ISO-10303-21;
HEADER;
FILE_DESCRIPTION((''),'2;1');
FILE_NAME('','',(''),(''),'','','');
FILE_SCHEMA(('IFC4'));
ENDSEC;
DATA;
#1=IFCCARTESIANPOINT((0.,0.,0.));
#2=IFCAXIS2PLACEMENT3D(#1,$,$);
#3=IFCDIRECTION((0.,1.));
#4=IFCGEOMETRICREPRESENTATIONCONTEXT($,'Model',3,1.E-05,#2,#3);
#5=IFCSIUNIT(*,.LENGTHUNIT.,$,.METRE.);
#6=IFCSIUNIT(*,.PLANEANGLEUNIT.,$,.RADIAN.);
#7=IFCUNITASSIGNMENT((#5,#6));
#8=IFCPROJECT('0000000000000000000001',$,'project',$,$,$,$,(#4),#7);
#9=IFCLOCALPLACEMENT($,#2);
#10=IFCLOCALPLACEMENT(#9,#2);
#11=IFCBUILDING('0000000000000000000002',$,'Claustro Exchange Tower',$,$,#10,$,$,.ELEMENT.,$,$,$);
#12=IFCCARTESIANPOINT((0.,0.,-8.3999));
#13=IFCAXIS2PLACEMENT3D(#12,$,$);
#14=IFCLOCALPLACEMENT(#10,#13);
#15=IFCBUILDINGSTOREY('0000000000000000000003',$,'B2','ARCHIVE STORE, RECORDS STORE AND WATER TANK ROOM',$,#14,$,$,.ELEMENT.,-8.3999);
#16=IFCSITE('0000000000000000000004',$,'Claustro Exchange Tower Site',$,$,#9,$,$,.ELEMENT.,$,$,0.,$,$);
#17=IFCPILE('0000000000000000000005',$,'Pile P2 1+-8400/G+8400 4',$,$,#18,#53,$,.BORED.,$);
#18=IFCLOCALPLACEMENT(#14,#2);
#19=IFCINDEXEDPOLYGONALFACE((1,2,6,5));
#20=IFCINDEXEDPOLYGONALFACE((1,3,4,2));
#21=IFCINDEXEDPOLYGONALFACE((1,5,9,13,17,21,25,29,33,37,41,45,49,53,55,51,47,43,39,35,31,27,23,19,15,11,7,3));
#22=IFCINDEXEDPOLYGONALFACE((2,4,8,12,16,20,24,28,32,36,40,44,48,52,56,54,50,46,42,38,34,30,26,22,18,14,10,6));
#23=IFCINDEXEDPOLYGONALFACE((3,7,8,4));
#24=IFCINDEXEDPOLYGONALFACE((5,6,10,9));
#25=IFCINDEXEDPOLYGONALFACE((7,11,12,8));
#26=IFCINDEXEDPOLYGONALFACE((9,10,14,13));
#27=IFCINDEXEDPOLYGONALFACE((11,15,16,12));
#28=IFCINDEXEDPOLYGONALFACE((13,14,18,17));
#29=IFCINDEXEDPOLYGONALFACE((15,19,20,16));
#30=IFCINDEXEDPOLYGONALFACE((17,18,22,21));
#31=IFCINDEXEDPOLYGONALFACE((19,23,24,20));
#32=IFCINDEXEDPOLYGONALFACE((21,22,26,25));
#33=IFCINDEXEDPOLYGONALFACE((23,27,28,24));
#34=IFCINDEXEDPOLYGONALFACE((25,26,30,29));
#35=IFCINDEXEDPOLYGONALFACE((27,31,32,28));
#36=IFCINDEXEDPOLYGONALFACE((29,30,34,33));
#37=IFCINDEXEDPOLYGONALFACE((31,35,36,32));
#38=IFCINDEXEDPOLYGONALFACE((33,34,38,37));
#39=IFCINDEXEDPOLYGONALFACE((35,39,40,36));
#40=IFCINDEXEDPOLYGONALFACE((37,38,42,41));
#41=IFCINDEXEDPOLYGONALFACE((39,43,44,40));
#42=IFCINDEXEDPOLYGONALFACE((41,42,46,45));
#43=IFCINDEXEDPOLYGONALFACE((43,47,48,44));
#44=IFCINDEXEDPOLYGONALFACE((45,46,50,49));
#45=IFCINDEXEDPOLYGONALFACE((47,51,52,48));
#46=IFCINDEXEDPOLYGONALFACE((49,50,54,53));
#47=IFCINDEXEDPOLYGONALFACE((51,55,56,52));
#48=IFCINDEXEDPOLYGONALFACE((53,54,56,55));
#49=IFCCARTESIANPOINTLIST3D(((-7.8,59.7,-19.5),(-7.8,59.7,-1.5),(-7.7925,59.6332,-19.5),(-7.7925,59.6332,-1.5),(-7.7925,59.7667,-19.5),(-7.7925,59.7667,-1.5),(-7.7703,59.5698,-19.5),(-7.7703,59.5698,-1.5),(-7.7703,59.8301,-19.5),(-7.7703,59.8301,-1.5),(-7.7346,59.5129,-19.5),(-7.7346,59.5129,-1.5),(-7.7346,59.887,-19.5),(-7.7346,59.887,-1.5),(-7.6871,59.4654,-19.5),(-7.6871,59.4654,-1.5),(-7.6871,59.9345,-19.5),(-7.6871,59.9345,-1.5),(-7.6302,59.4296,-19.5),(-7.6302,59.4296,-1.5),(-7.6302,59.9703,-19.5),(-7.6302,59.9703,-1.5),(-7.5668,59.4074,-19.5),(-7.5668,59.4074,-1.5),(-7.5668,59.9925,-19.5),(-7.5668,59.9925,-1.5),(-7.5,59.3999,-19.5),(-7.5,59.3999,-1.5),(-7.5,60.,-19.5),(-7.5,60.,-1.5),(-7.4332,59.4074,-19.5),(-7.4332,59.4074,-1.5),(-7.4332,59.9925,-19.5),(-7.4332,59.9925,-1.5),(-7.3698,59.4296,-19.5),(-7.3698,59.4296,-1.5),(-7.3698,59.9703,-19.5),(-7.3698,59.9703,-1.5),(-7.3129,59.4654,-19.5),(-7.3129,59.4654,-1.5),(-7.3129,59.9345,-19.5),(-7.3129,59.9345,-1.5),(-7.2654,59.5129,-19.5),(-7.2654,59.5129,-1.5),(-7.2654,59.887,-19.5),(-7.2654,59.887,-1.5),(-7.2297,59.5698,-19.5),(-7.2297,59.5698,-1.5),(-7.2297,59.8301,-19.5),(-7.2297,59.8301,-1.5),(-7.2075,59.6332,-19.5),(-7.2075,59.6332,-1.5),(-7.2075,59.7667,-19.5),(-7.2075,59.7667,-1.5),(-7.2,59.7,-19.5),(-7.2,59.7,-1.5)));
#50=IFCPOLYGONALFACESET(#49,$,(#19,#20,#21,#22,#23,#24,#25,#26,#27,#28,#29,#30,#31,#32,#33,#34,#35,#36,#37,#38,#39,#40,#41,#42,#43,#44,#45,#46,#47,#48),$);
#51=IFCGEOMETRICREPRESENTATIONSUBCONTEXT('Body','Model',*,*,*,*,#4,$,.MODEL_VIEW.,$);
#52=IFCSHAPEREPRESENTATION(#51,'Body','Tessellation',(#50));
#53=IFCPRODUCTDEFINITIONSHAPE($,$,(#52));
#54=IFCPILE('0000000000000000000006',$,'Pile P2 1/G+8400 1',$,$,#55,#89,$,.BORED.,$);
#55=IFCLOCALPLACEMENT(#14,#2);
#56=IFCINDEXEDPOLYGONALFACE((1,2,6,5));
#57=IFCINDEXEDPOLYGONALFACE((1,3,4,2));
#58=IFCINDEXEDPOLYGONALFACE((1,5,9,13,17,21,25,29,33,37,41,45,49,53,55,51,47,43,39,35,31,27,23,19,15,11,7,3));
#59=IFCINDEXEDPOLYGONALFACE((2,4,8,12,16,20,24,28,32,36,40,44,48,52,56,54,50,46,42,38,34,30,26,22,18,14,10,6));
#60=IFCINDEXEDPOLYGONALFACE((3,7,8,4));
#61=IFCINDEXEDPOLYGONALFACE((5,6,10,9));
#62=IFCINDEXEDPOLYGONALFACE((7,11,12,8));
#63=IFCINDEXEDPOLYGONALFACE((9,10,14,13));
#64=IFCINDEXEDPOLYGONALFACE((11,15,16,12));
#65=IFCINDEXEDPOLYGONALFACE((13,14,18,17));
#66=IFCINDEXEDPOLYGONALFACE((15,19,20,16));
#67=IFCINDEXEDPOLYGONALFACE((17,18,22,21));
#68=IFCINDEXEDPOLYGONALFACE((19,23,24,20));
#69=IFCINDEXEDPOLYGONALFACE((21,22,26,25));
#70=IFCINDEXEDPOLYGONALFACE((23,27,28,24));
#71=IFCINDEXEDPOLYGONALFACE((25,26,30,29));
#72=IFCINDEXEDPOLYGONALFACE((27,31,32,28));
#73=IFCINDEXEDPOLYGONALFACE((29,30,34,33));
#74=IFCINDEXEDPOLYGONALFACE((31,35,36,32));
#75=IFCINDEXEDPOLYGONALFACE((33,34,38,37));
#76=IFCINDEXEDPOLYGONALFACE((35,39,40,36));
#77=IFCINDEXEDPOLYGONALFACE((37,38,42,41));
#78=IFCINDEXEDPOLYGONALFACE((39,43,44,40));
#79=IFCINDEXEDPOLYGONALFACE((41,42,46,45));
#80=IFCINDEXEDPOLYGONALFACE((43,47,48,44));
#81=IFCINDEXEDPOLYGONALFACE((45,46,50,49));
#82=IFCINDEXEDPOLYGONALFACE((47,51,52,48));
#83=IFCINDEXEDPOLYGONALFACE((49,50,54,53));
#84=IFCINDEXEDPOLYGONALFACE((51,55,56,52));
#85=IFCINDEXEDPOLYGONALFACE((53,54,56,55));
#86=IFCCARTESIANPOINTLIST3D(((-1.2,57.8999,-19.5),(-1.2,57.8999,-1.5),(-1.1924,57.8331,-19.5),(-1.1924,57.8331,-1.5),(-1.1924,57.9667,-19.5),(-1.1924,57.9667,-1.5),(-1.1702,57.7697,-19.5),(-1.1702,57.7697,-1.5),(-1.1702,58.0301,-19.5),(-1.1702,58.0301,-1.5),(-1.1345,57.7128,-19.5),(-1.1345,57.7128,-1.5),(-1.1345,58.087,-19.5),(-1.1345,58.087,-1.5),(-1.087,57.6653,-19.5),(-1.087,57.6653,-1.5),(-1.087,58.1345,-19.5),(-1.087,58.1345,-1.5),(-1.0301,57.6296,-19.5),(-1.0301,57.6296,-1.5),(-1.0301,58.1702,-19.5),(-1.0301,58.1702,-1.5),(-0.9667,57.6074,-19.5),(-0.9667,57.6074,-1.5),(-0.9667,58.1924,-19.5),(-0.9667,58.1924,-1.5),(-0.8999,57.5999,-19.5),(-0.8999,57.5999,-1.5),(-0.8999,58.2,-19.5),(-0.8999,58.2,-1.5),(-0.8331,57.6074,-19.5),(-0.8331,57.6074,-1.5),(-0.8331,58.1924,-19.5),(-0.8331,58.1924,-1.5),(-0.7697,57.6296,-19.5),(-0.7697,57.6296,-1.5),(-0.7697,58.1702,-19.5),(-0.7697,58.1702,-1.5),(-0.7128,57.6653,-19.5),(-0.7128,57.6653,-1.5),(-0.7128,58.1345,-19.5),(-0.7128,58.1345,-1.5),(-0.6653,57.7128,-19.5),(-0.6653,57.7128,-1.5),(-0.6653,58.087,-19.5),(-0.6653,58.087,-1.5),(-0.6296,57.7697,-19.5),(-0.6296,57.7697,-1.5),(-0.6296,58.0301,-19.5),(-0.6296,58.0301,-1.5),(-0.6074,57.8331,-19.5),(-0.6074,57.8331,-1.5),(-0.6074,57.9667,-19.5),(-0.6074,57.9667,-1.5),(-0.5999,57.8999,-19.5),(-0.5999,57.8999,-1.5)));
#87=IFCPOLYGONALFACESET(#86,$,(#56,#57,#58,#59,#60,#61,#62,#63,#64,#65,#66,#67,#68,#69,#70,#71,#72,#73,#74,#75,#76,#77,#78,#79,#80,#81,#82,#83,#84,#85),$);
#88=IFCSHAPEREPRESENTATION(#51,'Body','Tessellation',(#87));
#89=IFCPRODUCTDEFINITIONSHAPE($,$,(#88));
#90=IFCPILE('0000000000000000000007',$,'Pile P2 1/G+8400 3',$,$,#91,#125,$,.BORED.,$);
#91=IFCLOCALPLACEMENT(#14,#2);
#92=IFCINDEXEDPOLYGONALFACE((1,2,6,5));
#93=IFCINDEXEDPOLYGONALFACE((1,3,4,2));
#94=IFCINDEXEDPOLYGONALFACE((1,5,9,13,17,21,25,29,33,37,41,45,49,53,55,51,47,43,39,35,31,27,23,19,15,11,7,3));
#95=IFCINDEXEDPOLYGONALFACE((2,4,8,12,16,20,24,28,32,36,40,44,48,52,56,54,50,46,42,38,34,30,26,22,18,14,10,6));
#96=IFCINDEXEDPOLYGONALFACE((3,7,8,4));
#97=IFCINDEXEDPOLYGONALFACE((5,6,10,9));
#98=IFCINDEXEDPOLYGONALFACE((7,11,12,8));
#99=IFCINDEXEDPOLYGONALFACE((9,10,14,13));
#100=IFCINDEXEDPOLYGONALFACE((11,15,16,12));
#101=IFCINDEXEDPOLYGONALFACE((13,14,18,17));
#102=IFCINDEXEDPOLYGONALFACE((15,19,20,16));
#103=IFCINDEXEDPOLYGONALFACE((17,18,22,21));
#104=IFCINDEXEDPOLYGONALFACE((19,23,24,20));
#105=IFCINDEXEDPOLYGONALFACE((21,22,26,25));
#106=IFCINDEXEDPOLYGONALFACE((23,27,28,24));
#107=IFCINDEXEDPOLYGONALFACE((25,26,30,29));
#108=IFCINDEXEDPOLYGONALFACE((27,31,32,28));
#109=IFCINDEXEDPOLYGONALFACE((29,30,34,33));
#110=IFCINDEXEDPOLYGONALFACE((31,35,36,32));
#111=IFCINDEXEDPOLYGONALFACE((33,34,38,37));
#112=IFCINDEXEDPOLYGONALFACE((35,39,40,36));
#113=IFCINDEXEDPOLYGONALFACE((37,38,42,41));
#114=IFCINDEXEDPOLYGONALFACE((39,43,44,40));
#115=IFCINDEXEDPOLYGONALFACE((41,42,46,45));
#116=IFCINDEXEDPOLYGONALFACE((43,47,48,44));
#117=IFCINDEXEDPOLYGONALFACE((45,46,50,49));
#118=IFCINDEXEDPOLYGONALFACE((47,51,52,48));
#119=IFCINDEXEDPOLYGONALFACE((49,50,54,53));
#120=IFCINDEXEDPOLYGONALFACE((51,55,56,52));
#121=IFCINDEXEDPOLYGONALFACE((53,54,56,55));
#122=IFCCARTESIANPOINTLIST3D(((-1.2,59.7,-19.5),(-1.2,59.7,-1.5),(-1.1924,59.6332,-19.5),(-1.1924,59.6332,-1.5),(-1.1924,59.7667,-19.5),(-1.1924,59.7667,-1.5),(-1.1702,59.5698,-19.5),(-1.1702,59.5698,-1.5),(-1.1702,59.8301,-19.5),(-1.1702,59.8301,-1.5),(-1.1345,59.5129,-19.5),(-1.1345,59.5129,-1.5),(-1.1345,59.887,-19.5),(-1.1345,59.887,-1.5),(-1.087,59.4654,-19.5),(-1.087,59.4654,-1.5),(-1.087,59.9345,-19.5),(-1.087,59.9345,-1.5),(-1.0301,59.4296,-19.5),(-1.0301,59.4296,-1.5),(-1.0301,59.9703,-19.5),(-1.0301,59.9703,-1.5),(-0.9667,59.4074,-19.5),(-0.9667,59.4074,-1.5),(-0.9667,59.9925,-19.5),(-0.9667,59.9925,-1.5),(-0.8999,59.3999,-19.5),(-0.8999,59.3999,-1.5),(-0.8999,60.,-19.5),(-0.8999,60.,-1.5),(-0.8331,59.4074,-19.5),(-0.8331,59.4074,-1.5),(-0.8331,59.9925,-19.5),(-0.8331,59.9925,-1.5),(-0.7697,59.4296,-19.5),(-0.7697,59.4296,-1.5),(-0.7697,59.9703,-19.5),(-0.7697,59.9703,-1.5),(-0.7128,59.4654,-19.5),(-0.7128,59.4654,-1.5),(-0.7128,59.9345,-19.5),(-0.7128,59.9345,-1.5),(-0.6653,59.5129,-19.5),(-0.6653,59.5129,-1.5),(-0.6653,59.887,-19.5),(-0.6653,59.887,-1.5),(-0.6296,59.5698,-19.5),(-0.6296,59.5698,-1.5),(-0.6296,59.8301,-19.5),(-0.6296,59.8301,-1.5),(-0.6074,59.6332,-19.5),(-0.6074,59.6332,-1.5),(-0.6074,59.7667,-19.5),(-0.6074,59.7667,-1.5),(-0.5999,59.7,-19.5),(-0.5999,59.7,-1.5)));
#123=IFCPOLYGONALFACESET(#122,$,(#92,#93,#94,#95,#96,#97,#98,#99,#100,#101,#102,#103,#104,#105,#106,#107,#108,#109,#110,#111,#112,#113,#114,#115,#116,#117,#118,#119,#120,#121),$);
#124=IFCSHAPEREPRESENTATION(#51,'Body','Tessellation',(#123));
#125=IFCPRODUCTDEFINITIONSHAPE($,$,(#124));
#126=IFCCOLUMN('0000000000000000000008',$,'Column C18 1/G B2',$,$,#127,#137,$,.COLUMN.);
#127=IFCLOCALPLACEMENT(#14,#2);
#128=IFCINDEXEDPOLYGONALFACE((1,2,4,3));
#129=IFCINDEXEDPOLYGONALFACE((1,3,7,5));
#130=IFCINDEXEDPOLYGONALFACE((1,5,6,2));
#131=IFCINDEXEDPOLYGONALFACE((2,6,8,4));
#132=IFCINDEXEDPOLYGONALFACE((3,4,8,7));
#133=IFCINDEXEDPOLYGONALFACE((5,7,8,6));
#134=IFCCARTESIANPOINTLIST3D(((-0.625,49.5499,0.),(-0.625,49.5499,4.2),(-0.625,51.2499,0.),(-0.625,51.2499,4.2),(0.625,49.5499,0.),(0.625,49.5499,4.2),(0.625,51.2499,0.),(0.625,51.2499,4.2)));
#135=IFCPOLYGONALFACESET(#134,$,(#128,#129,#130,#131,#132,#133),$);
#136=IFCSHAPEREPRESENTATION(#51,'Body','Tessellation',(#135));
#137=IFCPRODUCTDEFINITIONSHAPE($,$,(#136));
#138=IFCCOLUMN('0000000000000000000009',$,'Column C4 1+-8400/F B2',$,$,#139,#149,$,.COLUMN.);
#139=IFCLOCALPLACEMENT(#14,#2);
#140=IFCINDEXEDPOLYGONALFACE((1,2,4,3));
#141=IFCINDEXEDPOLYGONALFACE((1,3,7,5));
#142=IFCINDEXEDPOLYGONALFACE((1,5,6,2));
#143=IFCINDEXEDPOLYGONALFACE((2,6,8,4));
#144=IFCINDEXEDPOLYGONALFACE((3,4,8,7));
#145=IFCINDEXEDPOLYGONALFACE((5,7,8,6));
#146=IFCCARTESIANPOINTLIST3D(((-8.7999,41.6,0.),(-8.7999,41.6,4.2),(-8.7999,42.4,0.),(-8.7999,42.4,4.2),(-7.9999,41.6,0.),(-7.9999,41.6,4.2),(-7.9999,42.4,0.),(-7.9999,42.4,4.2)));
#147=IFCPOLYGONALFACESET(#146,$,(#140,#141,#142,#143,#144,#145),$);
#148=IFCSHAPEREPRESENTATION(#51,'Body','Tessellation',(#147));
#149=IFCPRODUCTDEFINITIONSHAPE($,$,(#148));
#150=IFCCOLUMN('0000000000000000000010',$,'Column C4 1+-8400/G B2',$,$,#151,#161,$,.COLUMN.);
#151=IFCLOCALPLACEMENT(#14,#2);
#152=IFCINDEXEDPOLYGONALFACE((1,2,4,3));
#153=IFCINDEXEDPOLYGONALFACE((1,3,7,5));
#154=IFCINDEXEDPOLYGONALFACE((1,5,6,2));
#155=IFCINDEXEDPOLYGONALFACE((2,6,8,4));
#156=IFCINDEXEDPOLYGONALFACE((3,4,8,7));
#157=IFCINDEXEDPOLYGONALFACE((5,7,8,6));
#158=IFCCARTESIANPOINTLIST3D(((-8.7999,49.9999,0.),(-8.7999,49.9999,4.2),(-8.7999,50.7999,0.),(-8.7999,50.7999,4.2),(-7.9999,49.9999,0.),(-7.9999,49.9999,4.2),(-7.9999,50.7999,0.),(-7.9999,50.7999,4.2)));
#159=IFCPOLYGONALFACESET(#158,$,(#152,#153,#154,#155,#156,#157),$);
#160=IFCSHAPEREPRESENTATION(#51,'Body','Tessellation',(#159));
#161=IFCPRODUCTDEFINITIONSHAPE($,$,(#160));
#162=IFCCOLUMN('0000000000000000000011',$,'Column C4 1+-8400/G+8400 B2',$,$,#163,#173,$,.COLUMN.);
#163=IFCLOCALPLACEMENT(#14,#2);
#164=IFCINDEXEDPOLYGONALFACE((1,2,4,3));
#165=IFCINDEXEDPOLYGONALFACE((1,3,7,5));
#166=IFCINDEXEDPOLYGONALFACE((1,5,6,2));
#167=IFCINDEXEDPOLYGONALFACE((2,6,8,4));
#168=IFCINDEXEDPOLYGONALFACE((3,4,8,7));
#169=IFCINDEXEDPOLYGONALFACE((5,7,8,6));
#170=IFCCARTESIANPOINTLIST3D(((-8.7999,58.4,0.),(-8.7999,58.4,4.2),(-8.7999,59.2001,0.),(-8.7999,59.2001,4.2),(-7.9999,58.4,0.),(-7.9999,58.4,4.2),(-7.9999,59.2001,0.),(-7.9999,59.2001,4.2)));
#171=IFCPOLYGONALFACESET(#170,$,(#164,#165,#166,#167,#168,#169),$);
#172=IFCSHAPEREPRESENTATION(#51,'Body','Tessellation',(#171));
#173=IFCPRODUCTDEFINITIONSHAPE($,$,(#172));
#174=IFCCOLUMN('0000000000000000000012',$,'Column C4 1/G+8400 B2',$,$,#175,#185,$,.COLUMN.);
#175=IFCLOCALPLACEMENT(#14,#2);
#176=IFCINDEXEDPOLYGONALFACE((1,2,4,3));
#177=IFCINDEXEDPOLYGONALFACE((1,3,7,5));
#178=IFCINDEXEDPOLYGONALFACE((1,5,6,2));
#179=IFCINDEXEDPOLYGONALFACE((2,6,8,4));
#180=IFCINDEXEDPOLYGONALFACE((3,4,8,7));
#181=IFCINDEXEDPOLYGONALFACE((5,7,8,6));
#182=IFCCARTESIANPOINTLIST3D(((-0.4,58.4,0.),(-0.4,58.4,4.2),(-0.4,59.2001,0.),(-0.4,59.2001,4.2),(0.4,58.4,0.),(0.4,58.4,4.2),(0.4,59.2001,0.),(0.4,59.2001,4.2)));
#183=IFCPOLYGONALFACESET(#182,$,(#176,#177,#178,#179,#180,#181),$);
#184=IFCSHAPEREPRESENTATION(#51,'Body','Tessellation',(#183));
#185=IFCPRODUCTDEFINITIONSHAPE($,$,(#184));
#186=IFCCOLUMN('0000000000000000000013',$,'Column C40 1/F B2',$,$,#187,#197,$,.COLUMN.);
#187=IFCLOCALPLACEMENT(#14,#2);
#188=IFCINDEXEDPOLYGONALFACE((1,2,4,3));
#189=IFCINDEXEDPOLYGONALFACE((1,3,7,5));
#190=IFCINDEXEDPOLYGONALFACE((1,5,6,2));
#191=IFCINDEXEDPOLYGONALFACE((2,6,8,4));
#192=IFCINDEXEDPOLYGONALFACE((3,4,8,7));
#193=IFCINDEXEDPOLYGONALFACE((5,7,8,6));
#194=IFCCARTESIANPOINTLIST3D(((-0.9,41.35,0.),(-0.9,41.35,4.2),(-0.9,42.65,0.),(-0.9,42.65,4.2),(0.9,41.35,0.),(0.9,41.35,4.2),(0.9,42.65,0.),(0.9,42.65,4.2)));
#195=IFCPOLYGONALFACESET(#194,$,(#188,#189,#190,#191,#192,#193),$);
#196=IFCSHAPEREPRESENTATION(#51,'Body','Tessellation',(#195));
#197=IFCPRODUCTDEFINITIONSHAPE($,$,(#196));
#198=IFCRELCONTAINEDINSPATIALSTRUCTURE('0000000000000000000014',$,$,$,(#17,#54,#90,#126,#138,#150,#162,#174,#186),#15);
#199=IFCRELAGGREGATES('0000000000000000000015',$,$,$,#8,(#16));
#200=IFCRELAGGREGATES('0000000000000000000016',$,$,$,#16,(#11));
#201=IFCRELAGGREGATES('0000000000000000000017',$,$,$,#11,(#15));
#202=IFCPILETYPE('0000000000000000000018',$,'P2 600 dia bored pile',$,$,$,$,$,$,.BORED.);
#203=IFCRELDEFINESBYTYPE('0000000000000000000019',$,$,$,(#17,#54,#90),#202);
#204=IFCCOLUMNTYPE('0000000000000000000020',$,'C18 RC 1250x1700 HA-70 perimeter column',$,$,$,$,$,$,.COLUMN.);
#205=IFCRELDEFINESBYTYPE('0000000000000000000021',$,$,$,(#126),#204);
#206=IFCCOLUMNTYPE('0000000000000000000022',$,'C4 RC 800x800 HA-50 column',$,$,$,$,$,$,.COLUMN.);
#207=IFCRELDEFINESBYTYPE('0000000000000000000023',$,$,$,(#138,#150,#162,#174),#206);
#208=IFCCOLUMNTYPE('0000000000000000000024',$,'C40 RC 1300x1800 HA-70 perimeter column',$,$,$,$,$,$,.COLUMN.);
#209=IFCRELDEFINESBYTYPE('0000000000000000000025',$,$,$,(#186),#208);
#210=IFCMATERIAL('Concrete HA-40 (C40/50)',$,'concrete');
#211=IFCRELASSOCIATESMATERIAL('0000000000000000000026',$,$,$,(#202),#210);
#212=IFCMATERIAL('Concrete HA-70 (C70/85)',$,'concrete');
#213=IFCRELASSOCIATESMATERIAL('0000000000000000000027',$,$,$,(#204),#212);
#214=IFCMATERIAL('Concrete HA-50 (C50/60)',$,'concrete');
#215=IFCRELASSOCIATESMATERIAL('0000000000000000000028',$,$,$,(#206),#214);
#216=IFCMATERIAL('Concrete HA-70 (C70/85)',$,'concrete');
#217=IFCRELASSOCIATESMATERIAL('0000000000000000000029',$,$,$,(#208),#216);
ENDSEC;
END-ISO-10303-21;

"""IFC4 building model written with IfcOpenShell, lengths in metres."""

from ifc_helpers import new_model, si_unit, direction, frame, origin, origin_2d, place, context, subcontext, project, spatial, rectangle, circle, extrude, material, material_profile, profile_set, type_object, element, save


model = new_model("IFC4")

# Units and contexts
model_context = context("Model", 3, precision=1e-05, world=origin(), true_north=direction((0.0, 1.0)))
body_context = subcontext(model_context, "Body", "Model", "MODEL_VIEW")
ifc_project = project(units=[si_unit("LENGTHUNIT", "METRE"), si_unit("PLANEANGLEUNIT", "RADIAN")], contexts=[model_context])

# Site, building, storey
site_placement = place(None, origin())
site = spatial("IfcSite", under=ifc_project, at=site_placement, Name="Claustro Exchange Tower Site", CompositionType="ELEMENT", RefElevation=0.0)
building_placement = place(site_placement, origin())
building = spatial("IfcBuilding", under=site, at=building_placement, Name="Claustro Exchange Tower", CompositionType="ELEMENT")
storey_placement = place(building_placement, frame((0.0, 0.0, -8.3999)))
storey = spatial("IfcBuildingStorey", under=building, at=storey_placement, Name="B2", Description="ARCHIVE STORE, RECORDS STORE AND WATER TANK ROOM", CompositionType="ELEMENT", Elevation=-8.3999)

# Piles
ifc_material_1 = material(Name="Concrete HA-40 (C40/50)", Category="concrete")
pile_type_1 = type_object("IfcPileType", Name="P2 600 dia bored pile", PredefinedType="BORED", material=ifc_material_1)
for number, where, z_axis, x_axis, name in (
    (1, (-7.5, 59.7, -1.5), (0.0, 0.0, -1.0), (1.0, 0.0, 0.0), "Pile P2 1+-8400/G+8400 4"),
    (2, (-0.8999, 57.8999, -1.5), (0.0, 0.0, -1.0), (1.0, 0.0, 0.0), "Pile P2 1/G+8400 1"),
    (3, (-0.8999, 59.7, -1.5), (0.0, 0.0, -1.0), (1.0, 0.0, 0.0), "Pile P2 1/G+8400 3"),
):
    element("IfcPile", number, at=place(storey_placement, frame(where, z_axis=z_axis, x_axis=x_axis)), inside=storey, type_object=pile_type_1, Name=name, PredefinedType="BORED", context=body_context, shape_type="SweptSolid", body=[
        extrude(circle(Radius=0.3, at=origin_2d()), origin(), (0.0, 0.0, 1.0), 18.0),
    ])

# Columns
ifc_material_2 = material(Name="Concrete HA-70 (C70/85)", Category="concrete")
ifc_material_profile_1 = material_profile(ifc_material_2, rectangle(XDim=1.25, YDim=1.7, at=origin_2d()), Name="RC 1250x1700")
ifc_profile_set_1 = profile_set([ifc_material_profile_1], Name="Concrete HA-70 (C70/85)")
column_type_1 = type_object("IfcColumnType", Name="C18 RC 1250x1700 HA-70 perimeter column", PredefinedType="COLUMN", material=ifc_profile_set_1)
column_1_placement = place(storey_placement, frame((0.0, 50.3999, 0.0), z_axis=(0.0, 0.0, 1.0), x_axis=(1.0, 0.0, 0.0)))
element("IfcColumn", 4, at=column_1_placement, inside=storey, type_object=column_type_1, Name="Column C18 1/G B2", PredefinedType="COLUMN", context=body_context, shape_type="SweptSolid", body=[
    extrude(rectangle(XDim=1.25, YDim=1.7, at=origin_2d()), origin(), (0.0, 0.0, 1.0), 4.2),
])
ifc_material_3 = material(Name="Concrete HA-50 (C50/60)", Category="concrete")
ifc_material_profile_2 = material_profile(ifc_material_3, rectangle(XDim=0.8, YDim=0.8, at=origin_2d()), Name="RC 800x800")
ifc_profile_set_2 = profile_set([ifc_material_profile_2], Name="Concrete HA-50 (C50/60)")
column_type_2 = type_object("IfcColumnType", Name="C4 RC 800x800 HA-50 column", PredefinedType="COLUMN", material=ifc_profile_set_2)
for number, where, z_axis, x_axis, name in (
    (5, (-8.3999, 42.0, 0.0), (0.0, 0.0, 1.0), (1.0, 0.0, 0.0), "Column C4 1+-8400/F B2"),
    (6, (-8.3999, 50.3999, 0.0), (0.0, 0.0, 1.0), (1.0, 0.0, 0.0), "Column C4 1+-8400/G B2"),
    (7, (-8.3999, 58.8, 0.0), (0.0, 0.0, 1.0), (1.0, 0.0, 0.0), "Column C4 1+-8400/G+8400 B2"),
    (8, (0.0, 58.8, 0.0), (0.0, 0.0, 1.0), (1.0, 0.0, 0.0), "Column C4 1/G+8400 B2"),
):
    element("IfcColumn", number, at=place(storey_placement, frame(where, z_axis=z_axis, x_axis=x_axis)), inside=storey, type_object=column_type_2, Name=name, PredefinedType="COLUMN", context=body_context, shape_type="SweptSolid", body=[
        extrude(rectangle(XDim=0.8, YDim=0.8, at=origin_2d()), origin(), (0.0, 0.0, 1.0), 4.2),
    ])
ifc_material_4 = material(Name="Concrete HA-70 (C70/85)", Category="concrete")
ifc_material_profile_3 = material_profile(ifc_material_4, rectangle(XDim=1.3, YDim=1.8, at=origin_2d()), Name="RC 1300x1800")
ifc_profile_set_3 = profile_set([ifc_material_profile_3], Name="Concrete HA-70 (C70/85)")
column_type_3 = type_object("IfcColumnType", Name="C40 RC 1300x1800 HA-70 perimeter column", PredefinedType="COLUMN", material=ifc_profile_set_3)
column_2_placement = place(storey_placement, frame((0.0, 42.0, 0.0), z_axis=(0.0, 0.0, 1.0), x_axis=(0.0, 1.0, 0.0)))
element("IfcColumn", 9, at=column_2_placement, inside=storey, type_object=column_type_3, Name="Column C40 1/F B2", PredefinedType="COLUMN", context=body_context, shape_type="SweptSolid", body=[
    extrude(rectangle(XDim=1.3, YDim=1.8, at=origin_2d()), origin(), (0.0, 0.0, 1.0), 4.2),
])

save(model, "model.ifc")
